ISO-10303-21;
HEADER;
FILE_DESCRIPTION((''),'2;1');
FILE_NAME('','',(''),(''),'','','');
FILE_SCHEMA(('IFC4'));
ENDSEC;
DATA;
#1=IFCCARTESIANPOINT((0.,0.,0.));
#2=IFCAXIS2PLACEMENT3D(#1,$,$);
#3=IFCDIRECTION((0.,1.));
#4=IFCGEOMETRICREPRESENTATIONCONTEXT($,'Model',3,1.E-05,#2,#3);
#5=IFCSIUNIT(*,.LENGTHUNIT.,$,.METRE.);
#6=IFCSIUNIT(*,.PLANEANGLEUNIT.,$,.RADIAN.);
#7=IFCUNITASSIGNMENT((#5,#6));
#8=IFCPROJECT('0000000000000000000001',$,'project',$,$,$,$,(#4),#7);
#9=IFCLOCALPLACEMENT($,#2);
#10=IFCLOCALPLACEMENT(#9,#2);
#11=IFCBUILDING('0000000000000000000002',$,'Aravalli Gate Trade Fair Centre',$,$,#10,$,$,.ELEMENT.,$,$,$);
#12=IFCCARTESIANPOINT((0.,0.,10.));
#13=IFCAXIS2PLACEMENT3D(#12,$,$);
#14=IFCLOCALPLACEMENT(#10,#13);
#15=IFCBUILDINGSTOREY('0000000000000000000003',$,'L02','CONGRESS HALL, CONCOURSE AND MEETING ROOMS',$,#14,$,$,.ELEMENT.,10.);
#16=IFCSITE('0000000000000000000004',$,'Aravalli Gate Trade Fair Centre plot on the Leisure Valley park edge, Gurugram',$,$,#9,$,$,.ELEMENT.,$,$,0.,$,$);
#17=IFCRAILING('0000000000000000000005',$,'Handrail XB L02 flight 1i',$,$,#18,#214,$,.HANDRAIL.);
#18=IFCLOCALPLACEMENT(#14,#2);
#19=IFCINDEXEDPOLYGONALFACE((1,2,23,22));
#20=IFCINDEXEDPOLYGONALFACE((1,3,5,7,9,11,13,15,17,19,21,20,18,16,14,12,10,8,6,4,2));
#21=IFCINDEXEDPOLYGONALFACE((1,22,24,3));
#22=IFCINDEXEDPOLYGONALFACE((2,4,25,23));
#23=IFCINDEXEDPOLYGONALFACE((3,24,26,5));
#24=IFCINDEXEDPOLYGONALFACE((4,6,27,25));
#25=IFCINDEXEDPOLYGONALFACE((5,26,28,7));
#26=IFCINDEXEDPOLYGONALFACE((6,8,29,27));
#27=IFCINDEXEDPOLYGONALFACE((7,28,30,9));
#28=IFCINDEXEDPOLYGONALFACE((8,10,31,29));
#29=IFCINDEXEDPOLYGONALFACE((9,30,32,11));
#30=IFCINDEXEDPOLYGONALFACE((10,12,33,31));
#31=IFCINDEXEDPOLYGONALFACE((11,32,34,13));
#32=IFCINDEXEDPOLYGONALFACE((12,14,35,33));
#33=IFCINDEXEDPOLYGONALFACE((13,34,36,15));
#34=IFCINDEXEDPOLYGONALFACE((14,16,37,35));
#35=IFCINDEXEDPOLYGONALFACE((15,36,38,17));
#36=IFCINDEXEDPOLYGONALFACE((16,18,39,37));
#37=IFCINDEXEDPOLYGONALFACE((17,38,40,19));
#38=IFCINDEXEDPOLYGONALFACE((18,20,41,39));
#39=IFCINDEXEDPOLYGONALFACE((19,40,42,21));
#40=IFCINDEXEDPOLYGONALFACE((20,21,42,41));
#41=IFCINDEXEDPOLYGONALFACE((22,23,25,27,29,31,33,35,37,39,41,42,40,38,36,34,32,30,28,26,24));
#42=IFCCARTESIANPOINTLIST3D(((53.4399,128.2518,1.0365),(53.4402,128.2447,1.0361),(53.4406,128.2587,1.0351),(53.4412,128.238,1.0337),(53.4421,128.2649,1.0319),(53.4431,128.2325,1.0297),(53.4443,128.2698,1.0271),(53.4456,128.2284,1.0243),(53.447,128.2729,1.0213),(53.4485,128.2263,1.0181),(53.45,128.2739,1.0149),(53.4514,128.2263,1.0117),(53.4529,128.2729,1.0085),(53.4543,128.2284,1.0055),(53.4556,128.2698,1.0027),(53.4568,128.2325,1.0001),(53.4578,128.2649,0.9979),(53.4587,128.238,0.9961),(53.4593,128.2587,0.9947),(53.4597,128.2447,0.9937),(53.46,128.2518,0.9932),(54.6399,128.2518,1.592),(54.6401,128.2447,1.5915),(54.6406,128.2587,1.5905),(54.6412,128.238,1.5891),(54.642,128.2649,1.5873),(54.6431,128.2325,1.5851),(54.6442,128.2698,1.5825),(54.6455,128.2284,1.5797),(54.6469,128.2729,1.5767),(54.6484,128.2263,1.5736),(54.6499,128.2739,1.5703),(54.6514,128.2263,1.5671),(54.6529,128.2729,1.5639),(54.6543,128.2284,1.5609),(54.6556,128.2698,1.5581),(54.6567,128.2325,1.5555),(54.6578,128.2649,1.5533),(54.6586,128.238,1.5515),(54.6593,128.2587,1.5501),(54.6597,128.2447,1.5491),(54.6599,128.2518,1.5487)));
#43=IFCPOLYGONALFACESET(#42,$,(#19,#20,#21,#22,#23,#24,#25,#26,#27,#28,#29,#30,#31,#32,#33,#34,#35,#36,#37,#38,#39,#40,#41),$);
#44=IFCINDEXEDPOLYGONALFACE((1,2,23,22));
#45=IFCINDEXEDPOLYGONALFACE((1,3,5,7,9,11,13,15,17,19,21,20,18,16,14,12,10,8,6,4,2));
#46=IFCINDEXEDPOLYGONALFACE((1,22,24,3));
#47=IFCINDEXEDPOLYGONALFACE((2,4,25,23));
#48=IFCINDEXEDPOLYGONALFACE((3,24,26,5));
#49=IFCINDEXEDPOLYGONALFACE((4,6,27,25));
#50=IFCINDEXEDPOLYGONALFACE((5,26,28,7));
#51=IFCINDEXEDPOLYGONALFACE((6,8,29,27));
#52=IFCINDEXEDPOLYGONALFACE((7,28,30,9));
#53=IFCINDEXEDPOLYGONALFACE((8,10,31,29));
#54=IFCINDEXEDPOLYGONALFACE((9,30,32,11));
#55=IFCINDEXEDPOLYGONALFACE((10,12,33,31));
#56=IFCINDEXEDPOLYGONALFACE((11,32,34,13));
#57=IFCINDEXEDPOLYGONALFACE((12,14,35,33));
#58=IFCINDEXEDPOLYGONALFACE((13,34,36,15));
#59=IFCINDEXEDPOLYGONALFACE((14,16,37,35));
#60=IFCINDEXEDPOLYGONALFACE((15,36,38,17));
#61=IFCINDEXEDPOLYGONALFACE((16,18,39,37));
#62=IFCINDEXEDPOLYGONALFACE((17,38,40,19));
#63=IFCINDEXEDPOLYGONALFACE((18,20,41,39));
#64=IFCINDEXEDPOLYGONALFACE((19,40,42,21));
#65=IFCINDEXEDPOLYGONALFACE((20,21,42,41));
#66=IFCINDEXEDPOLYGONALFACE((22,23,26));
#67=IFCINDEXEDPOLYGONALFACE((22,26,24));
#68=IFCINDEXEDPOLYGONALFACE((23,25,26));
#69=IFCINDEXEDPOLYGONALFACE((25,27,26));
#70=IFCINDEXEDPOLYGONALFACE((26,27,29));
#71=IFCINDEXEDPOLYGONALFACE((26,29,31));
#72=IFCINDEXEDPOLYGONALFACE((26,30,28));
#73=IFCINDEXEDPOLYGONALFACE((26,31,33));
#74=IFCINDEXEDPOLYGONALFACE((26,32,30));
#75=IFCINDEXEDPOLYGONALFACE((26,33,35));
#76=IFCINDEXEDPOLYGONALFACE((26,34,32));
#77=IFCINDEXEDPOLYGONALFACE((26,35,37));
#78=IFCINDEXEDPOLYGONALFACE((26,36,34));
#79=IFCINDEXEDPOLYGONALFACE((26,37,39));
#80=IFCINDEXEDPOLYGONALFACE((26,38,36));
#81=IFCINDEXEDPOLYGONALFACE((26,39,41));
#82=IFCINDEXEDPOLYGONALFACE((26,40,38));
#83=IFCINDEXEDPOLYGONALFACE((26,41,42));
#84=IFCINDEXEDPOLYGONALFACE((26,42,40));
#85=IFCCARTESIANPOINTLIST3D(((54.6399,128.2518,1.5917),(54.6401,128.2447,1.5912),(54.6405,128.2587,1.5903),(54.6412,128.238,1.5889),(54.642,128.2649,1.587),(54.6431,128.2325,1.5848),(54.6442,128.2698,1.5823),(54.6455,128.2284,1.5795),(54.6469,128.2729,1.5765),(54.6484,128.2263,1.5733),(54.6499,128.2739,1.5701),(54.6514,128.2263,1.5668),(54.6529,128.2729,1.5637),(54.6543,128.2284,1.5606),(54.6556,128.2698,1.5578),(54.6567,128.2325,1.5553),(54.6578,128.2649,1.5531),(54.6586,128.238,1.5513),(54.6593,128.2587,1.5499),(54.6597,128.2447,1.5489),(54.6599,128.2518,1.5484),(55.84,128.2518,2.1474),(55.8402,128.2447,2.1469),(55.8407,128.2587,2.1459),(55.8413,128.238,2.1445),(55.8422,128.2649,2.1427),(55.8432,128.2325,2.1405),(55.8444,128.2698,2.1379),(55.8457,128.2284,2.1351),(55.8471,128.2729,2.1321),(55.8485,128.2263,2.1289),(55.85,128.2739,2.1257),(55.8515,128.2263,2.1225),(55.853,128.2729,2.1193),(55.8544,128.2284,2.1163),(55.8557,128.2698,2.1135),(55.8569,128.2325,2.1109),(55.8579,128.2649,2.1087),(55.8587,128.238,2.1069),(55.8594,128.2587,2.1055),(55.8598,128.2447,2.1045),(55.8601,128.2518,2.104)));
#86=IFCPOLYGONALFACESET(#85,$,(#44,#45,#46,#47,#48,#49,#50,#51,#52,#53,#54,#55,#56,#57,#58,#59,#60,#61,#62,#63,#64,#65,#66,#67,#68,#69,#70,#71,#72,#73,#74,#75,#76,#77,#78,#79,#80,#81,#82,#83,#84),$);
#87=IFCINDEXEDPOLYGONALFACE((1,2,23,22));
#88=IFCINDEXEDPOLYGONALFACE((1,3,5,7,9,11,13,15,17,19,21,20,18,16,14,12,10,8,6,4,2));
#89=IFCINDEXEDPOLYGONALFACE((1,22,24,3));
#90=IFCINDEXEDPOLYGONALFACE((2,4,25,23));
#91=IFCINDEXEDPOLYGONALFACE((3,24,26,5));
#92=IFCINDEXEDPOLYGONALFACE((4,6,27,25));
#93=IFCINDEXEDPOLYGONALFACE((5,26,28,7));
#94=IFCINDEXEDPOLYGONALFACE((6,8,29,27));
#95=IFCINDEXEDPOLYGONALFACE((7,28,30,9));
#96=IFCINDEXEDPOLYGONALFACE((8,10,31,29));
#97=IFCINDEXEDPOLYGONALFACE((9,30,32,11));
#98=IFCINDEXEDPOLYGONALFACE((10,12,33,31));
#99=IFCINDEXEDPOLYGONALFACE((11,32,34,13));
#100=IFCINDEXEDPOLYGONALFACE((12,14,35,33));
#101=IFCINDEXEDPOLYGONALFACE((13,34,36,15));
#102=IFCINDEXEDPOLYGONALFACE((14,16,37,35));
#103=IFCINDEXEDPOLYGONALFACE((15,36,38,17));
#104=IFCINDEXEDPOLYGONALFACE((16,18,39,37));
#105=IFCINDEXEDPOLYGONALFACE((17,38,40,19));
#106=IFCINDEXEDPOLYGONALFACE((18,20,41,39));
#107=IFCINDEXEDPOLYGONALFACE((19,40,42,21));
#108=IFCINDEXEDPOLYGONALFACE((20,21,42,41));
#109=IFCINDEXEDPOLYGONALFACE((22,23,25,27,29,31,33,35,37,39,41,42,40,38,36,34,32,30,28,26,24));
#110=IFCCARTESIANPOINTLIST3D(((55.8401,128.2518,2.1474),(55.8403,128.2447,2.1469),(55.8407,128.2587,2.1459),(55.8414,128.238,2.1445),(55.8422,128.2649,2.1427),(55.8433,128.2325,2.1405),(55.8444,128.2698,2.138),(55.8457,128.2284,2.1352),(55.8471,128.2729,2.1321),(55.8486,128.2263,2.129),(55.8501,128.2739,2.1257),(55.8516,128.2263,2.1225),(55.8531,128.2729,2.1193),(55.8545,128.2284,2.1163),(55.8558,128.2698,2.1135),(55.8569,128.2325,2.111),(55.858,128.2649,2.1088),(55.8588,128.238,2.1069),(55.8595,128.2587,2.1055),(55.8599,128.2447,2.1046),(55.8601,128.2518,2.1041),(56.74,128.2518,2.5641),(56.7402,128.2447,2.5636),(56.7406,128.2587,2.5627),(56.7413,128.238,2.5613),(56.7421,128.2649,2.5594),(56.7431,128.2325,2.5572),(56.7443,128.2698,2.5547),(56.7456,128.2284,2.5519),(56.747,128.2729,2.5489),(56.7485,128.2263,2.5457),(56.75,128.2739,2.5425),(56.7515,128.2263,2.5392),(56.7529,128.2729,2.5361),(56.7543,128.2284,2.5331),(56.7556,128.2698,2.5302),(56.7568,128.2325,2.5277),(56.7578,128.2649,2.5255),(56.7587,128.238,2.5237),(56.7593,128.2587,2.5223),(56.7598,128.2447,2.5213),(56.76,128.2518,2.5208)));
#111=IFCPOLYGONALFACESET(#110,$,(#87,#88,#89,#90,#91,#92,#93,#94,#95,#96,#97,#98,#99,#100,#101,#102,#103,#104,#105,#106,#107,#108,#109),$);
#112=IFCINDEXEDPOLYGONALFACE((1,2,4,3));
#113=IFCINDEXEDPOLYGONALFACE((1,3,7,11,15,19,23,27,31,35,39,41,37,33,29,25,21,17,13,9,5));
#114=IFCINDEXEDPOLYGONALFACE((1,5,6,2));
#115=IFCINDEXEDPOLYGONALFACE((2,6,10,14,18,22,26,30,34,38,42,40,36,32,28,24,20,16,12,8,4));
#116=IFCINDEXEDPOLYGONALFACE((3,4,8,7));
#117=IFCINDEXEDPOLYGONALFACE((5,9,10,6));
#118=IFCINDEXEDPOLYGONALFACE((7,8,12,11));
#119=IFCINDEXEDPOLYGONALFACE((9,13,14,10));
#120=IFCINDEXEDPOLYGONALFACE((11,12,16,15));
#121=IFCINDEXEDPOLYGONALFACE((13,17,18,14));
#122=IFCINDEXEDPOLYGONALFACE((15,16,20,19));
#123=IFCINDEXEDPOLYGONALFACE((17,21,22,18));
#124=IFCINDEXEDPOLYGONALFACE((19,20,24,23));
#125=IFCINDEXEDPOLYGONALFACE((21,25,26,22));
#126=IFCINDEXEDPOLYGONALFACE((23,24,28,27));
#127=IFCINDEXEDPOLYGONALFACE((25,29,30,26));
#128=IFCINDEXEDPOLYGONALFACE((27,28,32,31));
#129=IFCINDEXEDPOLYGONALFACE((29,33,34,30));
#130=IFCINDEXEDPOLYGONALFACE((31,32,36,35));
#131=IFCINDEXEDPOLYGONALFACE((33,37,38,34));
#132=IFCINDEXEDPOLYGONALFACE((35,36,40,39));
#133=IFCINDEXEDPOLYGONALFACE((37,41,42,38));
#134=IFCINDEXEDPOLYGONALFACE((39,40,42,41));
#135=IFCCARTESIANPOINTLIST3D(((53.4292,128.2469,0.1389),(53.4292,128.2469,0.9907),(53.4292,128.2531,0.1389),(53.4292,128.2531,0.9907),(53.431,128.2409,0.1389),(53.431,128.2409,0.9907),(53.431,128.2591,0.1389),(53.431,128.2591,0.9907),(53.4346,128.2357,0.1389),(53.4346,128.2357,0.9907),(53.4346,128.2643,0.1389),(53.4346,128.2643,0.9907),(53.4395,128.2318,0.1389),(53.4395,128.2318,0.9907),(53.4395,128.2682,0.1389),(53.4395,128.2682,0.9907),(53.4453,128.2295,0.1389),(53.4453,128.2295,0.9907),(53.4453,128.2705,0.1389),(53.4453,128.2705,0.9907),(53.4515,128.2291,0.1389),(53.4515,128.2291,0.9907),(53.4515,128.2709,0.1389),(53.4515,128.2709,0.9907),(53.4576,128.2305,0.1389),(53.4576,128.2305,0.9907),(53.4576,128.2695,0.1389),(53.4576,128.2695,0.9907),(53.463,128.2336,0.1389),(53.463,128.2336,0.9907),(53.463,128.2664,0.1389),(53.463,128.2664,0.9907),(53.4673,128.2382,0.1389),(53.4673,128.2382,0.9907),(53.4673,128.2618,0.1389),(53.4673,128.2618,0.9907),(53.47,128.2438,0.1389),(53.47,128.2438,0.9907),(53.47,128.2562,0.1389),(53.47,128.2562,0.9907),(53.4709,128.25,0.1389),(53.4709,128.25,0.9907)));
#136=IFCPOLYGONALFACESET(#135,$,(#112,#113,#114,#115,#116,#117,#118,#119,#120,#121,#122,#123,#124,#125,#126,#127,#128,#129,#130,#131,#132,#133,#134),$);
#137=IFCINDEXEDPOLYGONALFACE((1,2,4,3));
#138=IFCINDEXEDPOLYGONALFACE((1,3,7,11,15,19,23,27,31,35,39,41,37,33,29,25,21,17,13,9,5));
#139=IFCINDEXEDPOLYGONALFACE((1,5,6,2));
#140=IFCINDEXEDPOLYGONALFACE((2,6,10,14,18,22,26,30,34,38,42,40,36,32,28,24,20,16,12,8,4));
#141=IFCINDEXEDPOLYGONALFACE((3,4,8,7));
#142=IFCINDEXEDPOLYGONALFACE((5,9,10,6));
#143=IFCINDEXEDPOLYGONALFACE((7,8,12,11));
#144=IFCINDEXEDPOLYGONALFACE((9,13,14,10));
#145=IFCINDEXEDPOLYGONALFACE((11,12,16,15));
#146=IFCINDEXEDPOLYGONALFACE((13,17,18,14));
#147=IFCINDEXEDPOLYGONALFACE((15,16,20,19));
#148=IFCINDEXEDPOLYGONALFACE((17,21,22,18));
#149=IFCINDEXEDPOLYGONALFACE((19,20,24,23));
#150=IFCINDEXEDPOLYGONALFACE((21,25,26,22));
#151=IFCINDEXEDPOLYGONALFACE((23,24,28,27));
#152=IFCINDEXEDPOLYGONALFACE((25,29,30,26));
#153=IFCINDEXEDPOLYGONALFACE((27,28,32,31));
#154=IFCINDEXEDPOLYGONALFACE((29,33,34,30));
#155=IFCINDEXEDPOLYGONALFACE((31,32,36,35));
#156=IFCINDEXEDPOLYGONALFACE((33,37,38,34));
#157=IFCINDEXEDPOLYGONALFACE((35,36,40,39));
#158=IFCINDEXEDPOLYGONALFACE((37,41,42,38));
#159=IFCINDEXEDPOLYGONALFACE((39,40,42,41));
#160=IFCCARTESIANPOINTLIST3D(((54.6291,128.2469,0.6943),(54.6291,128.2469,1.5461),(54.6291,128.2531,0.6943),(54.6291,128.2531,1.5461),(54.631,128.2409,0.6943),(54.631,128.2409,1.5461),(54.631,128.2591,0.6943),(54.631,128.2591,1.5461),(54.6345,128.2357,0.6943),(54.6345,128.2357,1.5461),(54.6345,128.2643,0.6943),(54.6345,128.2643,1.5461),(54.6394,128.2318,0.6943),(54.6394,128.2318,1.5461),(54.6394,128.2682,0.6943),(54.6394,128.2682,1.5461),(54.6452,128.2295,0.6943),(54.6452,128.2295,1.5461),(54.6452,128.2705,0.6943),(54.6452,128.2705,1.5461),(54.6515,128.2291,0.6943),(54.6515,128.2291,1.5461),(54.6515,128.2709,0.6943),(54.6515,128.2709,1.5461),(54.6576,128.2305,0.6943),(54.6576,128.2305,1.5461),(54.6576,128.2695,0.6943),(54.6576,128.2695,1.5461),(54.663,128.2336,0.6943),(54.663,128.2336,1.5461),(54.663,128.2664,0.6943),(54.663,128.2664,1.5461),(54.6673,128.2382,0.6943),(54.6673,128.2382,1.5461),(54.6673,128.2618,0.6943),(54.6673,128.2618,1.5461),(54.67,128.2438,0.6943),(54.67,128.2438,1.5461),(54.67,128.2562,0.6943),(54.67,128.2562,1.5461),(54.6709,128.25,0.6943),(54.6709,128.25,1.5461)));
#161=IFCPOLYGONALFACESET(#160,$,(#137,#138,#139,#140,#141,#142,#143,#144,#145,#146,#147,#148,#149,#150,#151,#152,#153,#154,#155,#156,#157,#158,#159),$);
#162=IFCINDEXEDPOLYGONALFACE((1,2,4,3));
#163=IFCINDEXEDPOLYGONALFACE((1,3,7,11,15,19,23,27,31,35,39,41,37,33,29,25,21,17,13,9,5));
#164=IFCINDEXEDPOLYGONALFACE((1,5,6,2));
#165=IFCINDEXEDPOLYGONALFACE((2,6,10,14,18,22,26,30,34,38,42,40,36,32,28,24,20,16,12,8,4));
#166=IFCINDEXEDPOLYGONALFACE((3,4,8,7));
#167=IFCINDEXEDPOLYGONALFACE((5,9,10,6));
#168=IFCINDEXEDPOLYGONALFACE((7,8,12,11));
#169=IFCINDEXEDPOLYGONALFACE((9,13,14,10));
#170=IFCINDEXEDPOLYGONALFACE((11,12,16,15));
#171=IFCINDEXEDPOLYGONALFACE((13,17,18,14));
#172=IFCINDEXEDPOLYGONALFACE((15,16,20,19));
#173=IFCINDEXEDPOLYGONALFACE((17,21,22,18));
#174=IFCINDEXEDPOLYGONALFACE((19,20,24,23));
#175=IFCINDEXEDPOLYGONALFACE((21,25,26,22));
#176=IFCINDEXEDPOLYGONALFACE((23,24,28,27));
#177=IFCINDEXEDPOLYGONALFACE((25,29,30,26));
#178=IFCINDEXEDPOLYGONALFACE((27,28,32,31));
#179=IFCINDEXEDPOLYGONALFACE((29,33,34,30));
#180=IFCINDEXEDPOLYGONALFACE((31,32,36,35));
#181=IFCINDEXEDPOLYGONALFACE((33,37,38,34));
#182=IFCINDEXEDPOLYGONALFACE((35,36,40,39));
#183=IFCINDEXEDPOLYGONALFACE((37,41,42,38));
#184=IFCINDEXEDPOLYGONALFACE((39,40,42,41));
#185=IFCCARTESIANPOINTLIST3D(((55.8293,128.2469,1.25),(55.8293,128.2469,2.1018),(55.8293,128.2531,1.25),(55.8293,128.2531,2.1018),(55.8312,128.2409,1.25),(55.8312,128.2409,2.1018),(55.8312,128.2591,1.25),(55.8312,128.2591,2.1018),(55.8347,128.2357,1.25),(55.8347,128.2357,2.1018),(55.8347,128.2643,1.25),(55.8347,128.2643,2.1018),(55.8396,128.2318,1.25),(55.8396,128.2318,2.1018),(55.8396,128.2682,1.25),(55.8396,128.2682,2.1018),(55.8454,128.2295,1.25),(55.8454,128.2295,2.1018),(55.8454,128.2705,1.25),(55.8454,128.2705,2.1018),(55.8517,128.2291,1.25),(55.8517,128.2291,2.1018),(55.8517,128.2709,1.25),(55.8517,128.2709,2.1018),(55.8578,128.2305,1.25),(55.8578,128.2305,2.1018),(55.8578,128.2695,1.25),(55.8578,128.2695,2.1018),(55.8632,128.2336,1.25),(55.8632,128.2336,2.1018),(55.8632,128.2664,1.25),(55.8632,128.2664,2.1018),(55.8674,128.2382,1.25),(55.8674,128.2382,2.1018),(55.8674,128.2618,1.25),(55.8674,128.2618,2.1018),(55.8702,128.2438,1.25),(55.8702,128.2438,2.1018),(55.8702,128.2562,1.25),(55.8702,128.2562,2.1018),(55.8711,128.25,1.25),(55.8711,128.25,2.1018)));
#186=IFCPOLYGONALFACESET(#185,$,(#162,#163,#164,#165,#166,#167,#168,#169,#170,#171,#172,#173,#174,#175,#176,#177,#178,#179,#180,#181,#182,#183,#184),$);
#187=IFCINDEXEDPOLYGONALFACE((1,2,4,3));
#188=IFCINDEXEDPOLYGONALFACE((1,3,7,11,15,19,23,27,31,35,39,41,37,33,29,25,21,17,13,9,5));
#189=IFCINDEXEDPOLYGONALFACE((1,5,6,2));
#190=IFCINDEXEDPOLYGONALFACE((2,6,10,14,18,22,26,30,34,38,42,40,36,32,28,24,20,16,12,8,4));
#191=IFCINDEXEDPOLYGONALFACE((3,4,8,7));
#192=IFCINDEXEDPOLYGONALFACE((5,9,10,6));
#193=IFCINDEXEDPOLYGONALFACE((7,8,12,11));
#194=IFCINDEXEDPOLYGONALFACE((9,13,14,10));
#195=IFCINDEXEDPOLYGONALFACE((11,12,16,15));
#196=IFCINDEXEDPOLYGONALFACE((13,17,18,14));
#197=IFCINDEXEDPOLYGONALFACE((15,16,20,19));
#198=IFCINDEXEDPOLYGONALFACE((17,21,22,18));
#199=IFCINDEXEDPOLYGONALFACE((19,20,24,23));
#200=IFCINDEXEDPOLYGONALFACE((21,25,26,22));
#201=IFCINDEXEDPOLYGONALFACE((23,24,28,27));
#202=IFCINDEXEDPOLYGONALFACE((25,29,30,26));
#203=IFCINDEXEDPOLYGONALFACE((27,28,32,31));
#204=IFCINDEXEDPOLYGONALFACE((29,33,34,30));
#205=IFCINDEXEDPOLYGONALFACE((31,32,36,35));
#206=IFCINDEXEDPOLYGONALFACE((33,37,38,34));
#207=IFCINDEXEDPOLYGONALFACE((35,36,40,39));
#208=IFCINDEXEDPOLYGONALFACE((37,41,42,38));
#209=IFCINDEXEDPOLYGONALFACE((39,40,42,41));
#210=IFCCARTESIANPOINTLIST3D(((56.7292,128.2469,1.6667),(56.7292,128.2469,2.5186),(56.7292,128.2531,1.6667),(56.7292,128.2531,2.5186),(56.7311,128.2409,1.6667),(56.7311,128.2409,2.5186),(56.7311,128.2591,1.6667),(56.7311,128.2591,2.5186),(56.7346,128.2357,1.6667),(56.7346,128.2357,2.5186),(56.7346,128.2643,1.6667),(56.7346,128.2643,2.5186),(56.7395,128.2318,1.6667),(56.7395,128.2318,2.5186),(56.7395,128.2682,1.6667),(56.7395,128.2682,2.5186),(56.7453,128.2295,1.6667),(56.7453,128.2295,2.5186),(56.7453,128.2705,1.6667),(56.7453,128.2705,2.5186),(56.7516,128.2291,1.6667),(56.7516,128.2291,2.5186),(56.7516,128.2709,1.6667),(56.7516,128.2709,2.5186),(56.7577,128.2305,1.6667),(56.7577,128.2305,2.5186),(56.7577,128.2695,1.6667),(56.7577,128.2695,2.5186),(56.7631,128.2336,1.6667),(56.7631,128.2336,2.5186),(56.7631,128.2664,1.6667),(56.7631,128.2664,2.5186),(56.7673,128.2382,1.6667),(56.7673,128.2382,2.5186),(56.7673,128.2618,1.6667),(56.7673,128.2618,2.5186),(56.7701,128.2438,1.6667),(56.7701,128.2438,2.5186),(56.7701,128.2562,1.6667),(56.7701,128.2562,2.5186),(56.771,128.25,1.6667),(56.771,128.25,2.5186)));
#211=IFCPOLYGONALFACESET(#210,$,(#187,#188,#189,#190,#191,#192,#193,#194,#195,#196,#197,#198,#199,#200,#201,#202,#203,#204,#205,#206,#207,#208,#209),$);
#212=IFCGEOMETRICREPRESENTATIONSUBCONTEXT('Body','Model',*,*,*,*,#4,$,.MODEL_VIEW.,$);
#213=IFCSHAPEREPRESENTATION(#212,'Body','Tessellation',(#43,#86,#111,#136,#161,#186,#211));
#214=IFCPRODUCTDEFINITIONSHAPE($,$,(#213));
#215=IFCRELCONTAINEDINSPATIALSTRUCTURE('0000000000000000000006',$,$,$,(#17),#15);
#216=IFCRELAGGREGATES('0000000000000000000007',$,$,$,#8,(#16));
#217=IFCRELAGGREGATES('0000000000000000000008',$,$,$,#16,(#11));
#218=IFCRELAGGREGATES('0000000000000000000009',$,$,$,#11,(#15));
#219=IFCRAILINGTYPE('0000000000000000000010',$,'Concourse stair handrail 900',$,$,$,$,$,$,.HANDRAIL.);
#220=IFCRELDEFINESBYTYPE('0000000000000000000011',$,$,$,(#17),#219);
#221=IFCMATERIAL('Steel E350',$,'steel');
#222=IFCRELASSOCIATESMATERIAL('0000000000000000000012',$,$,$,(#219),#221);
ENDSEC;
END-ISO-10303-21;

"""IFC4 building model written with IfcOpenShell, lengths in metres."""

from ifc_helpers import new_model, si_unit, direction, frame, origin, origin_2d, place, context, subcontext, project, spatial, circle, extrude, material, type_object, element, save


model = new_model("IFC4")

# Units and contexts
model_context = context("Model", 3, precision=1e-05, world=origin(), true_north=direction((0.0, 1.0)))
body_context = subcontext(model_context, "Body", "Model", "MODEL_VIEW")
ifc_project = project(units=[si_unit("LENGTHUNIT", "METRE"), si_unit("PLANEANGLEUNIT", "RADIAN")], contexts=[model_context])

# Site, building, storey
site_placement = place(None, origin())
site = spatial("IfcSite", under=ifc_project, at=site_placement, Name="Aravalli Gate Trade Fair Centre plot on the Leisure Valley park edge, Gurugram", CompositionType="ELEMENT", RefElevation=0.0)
building_placement = place(site_placement, origin())
building = spatial("IfcBuilding", under=site, at=building_placement, Name="Aravalli Gate Trade Fair Centre", CompositionType="ELEMENT")
storey_placement = place(building_placement, frame((0.0, 0.0, 10.0)))
storey = spatial("IfcBuildingStorey", under=building, at=storey_placement, Name="L02", Description="CONGRESS HALL, CONCOURSE AND MEETING ROOMS", CompositionType="ELEMENT", Elevation=10.0)

# Shared definitions
ifc_material_1 = material(Name="Steel E350", Category="steel")

# Railing
railing_type_1 = type_object("IfcRailingType", Name="Concourse stair handrail 900", PredefinedType="HANDRAIL", material=ifc_material_1)
railing_1_placement = place(storey_placement, frame((53.45, 128.25, 0.1389)))
element("IfcRailing", 1, at=railing_1_placement, inside=storey, type_object=railing_type_1, Name="Handrail XB L02 flight 1i", PredefinedType="HANDRAIL", context=body_context, shape_type="SweptSolid", body=[
    extrude(circle(Radius=0.0239, at=origin_2d()), frame((0.0, 0.0, 0.876), z_axis=(0.907499, 0.0, 0.420053), x_axis=(0.0, 1.0, 0.0)), (0.0, 0.0, 1.0), 1.3223),
    extrude(circle(Radius=0.0239, at=origin_2d()), frame((1.2, 0.0, 1.4312), z_axis=(0.907462, 0.0, 0.420135), x_axis=(0.0, 1.0, 0.0)), (0.0, 0.0, 1.0), 1.3225),
    extrude(circle(Radius=0.0239, at=origin_2d()), frame((2.4001, 0.0, 1.9868), z_axis=(0.907418, 0.0, 0.420229), x_axis=(0.0, 1.0, 0.0)), (0.0, 0.0, 1.0), 0.9917),
    extrude(circle(Radius=0.021, at=origin_2d()), origin(), (0.0, 0.0, 1.0), 0.8518),
    extrude(circle(Radius=0.021, at=origin_2d()), frame((1.2, 0.0, 0.5554)), (0.0, 0.0, 1.0), 0.8518),
    extrude(circle(Radius=0.021, at=origin_2d()), frame((2.4001, 0.0, 1.1111)), (0.0, 0.0, 1.0), 0.8518),
    extrude(circle(Radius=0.021, at=origin_2d()), frame((3.3, 0.0, 1.5278)), (0.0, 0.0, 1.0), 0.8518),
])

save(model, "model.ifc")
